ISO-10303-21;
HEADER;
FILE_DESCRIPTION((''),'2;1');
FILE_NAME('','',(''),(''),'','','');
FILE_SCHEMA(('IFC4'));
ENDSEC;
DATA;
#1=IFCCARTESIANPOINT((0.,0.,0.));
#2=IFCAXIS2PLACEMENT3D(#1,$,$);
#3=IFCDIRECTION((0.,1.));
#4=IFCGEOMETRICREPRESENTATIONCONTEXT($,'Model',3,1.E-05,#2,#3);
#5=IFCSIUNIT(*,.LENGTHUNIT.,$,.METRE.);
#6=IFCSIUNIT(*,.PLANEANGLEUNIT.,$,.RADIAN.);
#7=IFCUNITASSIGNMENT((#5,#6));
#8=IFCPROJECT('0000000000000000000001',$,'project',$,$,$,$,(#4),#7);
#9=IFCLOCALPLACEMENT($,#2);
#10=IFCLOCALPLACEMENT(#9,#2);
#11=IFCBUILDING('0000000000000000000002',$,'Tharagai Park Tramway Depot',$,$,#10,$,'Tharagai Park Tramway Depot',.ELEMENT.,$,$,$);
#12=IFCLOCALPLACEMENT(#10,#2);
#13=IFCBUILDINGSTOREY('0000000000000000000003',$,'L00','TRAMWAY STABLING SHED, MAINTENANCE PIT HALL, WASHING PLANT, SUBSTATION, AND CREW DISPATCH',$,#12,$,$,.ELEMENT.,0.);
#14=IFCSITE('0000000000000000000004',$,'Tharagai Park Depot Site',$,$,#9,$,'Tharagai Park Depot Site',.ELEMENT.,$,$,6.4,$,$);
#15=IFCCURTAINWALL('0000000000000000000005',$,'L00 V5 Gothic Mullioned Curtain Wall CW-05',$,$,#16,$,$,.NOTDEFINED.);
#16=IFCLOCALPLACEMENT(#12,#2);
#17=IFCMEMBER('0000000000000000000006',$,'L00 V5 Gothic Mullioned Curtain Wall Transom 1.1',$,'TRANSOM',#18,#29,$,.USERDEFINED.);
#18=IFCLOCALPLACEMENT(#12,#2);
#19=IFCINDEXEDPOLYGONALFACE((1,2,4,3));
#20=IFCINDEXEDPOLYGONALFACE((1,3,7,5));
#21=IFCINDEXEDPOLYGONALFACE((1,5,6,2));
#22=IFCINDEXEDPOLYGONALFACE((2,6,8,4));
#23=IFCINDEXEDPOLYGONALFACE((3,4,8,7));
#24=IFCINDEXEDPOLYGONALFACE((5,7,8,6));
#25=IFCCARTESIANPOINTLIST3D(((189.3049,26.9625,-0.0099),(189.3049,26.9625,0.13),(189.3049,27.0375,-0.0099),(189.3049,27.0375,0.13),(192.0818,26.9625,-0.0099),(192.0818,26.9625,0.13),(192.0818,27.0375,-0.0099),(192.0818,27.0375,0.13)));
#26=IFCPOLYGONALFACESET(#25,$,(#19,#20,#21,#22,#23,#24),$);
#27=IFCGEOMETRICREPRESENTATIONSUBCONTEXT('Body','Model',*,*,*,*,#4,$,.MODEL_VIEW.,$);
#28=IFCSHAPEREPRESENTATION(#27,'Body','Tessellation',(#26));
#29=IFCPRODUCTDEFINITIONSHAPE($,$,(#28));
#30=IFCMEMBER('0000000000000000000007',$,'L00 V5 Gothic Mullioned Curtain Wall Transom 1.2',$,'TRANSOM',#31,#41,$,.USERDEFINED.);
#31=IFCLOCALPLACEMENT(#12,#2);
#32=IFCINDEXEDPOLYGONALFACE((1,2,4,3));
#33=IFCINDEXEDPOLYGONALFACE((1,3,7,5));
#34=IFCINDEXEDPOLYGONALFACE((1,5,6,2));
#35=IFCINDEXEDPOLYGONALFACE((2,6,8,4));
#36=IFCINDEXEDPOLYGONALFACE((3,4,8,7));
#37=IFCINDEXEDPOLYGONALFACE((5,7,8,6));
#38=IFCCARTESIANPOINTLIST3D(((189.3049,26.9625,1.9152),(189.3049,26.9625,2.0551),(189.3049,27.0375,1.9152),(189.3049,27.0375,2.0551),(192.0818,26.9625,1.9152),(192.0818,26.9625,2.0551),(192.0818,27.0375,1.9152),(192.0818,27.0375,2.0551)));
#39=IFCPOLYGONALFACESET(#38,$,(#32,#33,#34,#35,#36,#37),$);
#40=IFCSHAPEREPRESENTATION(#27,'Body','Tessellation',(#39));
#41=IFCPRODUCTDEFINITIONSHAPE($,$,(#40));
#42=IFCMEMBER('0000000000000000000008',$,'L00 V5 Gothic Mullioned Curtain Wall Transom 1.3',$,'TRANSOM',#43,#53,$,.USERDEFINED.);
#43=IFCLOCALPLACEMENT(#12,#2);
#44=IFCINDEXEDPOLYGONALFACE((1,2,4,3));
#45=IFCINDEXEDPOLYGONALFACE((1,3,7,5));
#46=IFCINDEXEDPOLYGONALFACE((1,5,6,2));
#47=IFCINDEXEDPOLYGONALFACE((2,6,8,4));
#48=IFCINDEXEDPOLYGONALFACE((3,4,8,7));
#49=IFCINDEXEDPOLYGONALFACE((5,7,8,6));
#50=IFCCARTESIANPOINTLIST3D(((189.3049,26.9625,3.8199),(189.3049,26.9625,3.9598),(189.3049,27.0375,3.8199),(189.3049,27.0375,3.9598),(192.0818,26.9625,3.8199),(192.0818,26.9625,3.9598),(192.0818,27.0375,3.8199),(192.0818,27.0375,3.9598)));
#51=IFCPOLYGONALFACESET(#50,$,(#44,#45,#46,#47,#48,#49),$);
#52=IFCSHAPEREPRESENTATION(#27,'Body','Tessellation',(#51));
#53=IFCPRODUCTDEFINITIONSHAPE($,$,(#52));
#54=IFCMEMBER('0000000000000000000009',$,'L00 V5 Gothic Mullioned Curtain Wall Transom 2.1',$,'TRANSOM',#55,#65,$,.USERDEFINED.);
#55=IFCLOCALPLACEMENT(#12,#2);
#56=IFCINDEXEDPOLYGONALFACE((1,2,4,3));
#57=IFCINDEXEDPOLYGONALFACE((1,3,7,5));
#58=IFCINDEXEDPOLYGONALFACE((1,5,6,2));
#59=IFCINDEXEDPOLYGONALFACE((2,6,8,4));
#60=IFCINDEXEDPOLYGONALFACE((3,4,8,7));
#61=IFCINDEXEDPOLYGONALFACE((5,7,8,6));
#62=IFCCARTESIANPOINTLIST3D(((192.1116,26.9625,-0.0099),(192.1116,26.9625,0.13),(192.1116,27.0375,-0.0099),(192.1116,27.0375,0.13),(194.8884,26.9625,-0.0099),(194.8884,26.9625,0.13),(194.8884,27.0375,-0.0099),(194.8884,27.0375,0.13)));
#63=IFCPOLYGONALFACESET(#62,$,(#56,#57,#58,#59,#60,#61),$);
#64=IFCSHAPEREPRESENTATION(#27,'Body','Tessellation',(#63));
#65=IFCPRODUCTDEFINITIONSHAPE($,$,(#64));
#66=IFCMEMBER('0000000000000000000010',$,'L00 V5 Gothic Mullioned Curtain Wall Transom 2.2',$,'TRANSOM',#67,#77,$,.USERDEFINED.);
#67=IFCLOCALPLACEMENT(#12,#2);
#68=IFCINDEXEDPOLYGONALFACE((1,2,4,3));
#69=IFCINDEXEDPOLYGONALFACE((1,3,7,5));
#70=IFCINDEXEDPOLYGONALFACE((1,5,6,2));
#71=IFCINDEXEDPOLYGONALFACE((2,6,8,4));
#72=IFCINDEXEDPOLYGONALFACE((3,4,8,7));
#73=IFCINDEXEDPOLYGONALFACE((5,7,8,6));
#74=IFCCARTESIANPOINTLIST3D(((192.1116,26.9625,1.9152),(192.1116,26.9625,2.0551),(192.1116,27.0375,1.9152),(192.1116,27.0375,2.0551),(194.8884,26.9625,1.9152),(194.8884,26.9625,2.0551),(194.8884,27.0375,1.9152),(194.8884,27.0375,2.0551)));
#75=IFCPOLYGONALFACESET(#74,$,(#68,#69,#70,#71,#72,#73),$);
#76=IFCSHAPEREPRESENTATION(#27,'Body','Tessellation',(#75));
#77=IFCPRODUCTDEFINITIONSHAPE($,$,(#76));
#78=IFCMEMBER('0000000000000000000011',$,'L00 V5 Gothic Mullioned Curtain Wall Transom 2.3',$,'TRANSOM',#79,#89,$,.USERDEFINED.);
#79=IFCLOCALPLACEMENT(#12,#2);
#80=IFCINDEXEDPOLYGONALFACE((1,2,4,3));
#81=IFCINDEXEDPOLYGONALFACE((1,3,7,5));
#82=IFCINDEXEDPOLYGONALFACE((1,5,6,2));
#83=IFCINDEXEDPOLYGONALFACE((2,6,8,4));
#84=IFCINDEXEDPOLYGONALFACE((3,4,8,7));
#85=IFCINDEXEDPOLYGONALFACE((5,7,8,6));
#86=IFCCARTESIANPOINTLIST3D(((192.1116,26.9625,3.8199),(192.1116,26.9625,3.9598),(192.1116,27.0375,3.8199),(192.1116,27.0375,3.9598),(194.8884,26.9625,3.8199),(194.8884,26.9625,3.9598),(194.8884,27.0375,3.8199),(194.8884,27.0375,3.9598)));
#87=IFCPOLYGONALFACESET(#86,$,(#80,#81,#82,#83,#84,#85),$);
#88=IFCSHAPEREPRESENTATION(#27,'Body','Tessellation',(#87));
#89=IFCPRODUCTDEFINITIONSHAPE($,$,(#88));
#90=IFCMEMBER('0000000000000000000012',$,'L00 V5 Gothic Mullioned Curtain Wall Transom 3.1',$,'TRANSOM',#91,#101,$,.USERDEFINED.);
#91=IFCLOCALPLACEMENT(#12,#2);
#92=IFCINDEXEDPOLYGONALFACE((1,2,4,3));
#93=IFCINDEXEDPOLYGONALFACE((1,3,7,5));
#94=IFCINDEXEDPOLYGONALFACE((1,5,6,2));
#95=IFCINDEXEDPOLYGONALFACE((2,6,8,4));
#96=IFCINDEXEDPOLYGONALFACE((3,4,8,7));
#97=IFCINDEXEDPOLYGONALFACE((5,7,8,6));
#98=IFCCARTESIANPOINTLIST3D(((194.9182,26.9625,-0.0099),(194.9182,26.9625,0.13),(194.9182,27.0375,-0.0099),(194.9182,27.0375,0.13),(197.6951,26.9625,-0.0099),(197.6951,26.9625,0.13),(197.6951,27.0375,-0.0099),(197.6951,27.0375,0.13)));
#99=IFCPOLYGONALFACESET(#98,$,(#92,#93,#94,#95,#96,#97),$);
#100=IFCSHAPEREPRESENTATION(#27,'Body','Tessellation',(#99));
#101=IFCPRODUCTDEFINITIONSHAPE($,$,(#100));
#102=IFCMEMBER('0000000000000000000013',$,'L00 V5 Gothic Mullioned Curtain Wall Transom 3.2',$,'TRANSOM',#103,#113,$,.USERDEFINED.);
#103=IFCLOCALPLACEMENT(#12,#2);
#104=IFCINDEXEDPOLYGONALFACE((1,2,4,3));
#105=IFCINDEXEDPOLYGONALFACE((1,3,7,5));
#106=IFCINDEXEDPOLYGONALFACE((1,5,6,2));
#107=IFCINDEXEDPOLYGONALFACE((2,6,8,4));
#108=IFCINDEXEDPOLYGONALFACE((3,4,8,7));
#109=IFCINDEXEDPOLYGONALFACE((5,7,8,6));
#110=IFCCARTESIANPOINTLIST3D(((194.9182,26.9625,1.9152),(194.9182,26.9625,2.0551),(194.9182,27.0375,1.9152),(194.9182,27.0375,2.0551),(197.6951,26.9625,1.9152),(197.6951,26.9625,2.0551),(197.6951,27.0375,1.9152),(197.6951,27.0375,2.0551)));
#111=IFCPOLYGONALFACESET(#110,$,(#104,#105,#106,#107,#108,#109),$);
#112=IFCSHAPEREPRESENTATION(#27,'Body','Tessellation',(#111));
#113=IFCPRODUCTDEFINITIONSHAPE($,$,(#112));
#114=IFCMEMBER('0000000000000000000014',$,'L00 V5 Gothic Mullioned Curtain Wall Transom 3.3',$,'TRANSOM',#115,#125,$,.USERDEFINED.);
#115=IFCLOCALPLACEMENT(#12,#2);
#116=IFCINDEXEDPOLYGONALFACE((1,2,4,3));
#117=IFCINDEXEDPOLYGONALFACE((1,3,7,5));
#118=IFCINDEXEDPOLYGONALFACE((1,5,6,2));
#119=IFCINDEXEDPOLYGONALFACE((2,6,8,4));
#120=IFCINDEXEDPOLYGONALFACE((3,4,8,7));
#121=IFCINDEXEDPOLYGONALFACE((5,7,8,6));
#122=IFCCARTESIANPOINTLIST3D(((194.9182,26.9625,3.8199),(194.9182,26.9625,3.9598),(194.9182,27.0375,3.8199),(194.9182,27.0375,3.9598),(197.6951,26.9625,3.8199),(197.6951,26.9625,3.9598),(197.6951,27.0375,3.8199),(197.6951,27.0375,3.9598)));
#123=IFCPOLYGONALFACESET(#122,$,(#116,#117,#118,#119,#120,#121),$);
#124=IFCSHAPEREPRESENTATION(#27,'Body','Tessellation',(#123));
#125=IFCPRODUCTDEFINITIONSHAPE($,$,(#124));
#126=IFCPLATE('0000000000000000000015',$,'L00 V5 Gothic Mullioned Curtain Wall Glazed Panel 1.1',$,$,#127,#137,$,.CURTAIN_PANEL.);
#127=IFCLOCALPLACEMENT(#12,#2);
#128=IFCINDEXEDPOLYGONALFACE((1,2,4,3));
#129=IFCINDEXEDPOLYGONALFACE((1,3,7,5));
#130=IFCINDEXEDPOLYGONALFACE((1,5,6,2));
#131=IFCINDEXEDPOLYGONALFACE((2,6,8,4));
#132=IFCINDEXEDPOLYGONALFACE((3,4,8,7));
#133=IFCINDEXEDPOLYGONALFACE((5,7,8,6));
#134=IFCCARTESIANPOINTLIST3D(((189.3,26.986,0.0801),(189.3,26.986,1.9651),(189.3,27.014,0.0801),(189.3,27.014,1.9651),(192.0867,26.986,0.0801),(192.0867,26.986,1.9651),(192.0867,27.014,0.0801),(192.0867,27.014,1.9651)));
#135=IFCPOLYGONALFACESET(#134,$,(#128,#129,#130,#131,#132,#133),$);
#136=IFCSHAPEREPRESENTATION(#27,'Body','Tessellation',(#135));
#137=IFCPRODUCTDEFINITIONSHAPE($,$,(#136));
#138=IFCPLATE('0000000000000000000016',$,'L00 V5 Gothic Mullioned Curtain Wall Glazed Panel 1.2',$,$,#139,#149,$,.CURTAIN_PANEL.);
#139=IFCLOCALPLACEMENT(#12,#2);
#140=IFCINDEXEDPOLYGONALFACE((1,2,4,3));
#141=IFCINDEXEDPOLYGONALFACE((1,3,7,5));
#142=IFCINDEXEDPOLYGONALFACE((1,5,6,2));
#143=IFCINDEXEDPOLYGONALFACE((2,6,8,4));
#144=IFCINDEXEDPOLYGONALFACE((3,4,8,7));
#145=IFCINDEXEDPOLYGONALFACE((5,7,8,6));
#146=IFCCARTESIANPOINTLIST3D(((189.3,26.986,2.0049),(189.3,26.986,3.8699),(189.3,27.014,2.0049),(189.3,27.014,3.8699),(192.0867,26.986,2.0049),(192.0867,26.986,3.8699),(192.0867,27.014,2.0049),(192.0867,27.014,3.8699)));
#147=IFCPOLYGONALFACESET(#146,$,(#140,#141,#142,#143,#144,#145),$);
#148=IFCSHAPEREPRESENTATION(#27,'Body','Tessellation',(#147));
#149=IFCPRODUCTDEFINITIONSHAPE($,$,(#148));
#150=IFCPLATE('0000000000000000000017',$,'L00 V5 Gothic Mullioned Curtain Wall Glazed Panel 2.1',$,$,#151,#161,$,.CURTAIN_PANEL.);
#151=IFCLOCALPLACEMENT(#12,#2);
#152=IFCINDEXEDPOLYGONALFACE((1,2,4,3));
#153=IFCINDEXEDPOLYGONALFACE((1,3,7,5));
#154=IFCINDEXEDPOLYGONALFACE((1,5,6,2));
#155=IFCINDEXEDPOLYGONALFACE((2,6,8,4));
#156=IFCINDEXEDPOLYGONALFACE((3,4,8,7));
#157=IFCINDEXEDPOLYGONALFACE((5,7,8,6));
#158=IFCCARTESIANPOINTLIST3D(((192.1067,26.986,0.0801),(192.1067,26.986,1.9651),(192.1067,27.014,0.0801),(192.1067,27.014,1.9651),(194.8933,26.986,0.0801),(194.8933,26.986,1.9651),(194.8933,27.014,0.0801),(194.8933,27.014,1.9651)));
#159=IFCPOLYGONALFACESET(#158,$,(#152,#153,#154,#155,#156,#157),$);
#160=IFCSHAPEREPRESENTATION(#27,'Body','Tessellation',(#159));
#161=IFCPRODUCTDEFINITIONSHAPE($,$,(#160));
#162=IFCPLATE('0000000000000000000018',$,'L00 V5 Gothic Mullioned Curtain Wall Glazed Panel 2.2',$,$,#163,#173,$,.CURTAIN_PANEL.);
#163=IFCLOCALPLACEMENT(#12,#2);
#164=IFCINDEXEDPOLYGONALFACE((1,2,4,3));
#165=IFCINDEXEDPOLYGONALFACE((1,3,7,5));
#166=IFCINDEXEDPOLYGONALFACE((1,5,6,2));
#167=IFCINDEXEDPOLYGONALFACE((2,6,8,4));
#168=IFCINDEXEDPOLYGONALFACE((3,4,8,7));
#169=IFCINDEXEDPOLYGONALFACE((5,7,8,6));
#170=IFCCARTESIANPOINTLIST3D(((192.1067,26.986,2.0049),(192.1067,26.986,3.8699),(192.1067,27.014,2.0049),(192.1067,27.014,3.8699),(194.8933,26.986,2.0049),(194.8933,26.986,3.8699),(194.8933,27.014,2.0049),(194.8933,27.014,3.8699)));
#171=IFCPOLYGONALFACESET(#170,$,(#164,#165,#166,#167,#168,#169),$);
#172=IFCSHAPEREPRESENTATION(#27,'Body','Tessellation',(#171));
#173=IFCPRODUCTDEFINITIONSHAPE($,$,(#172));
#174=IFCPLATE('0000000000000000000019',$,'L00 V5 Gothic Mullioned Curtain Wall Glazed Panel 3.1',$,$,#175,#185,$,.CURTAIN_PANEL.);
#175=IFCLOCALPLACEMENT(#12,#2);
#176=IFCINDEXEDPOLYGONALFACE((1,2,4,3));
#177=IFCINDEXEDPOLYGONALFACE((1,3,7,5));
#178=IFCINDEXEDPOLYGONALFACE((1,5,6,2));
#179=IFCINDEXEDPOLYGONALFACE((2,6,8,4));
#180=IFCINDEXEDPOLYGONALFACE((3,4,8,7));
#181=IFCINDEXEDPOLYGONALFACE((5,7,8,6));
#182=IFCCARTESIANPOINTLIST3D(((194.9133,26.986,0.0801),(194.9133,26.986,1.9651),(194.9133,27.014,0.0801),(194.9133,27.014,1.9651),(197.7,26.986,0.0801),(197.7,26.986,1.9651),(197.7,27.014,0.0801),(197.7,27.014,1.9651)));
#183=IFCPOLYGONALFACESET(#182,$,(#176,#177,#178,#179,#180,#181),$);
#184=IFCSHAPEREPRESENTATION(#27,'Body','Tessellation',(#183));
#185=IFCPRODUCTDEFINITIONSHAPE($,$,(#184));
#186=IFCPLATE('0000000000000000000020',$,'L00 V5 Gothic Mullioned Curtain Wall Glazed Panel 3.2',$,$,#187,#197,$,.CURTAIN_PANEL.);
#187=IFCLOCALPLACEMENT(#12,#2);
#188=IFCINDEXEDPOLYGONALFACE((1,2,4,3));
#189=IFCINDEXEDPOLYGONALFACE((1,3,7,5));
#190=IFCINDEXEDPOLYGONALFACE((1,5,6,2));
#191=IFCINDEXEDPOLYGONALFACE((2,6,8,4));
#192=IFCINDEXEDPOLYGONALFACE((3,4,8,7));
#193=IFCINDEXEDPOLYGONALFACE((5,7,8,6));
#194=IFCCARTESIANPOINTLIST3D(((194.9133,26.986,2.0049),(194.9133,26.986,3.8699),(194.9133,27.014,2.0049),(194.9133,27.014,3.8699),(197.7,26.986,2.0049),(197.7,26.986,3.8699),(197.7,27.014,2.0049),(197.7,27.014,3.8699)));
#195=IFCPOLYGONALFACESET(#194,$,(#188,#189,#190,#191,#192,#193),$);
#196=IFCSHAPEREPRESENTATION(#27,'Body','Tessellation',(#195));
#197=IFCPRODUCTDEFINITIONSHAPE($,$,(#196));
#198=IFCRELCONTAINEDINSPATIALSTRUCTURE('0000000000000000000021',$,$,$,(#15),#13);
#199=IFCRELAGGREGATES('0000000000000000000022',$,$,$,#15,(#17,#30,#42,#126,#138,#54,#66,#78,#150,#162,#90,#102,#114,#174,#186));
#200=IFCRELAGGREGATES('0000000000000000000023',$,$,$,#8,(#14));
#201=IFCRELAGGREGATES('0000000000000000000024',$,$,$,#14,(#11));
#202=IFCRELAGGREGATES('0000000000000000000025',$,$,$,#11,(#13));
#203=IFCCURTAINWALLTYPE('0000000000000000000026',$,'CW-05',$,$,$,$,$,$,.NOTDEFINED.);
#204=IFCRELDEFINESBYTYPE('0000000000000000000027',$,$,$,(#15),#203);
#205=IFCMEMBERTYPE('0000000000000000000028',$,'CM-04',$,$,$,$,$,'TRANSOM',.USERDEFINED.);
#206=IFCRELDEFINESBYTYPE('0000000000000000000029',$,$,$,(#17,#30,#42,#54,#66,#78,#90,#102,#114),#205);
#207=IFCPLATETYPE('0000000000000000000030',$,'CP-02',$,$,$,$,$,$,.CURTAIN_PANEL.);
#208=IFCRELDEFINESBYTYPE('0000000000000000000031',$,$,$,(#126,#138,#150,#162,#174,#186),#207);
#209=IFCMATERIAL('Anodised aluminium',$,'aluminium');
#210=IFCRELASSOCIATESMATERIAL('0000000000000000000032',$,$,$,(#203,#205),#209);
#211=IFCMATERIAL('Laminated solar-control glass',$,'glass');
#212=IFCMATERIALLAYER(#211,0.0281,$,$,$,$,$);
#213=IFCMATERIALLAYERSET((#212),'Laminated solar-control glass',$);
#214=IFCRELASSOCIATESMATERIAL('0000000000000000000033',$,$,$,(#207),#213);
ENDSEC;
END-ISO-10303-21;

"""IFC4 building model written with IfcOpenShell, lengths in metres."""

from ifc_helpers import new_model, si_unit, direction, frame, origin, origin_2d, place, context, subcontext, project, spatial, rectangle, extrude, material, layer, layer_set, material_profile, profile_set, type_object, element, aggregate, save


model = new_model("IFC4")

# Units and contexts
model_context = context("Model", 3, precision=1e-05, world=origin(), true_north=direction((0.0, 1.0)))
body_context = subcontext(model_context, "Body", "Model", "MODEL_VIEW")
ifc_project = project(units=[si_unit("LENGTHUNIT", "METRE"), si_unit("PLANEANGLEUNIT", "RADIAN")], contexts=[model_context])

# Site, building, storey
site_placement = place(None, origin())
site = spatial("IfcSite", under=ifc_project, at=site_placement, Name="Tharagai Park Depot Site", LongName="Tharagai Park Depot Site", CompositionType="ELEMENT", RefElevation=6.4)
building_placement = place(site_placement, origin())
building = spatial("IfcBuilding", under=site, at=building_placement, Name="Tharagai Park Tramway Depot", LongName="Tharagai Park Tramway Depot", CompositionType="ELEMENT")
storey_placement = place(building_placement, origin())
storey = spatial("IfcBuildingStorey", under=building, at=storey_placement, Name="L00", Description="TRAMWAY STABLING SHED, MAINTENANCE PIT HALL, WASHING PLANT, SUBSTATION, AND CREW DISPATCH", CompositionType="ELEMENT", Elevation=0.0)

# Curtain wall, members, plates
ifc_material_1 = material(Name="Anodised aluminium", Category="aluminium")
curtain_wall_type = type_object("IfcCurtainWallType", Name="CW-05", PredefinedType="NOTDEFINED", material=ifc_material_1)
curtain_wall_placement = place(storey_placement, origin())
curtain_wall = element("IfcCurtainWall", 1, at=curtain_wall_placement, inside=storey, type_object=curtain_wall_type, Name="L00 V5 Gothic Mullioned Curtain Wall CW-05", PredefinedType="NOTDEFINED")
ifc_material_profile_1 = material_profile(ifc_material_1, rectangle(XDim=0.075, YDim=0.1399, at=origin_2d()), Name="ALU 75x140")
ifc_profile_set_1 = profile_set([ifc_material_profile_1], Name="Anodised aluminium")
member_type_1 = type_object("IfcMemberType", Name="CM-04", ElementType="TRANSOM", PredefinedType="USERDEFINED", material=ifc_profile_set_1)
member_1_placement = place(storey_placement, frame((189.3049, 27.0, 0.0601), z_axis=(1.0, 0.0, 0.0), x_axis=(0.0, 1.0, 0.0)))
member_1 = element("IfcMember", 2, at=member_1_placement, type_object=member_type_1, Name="L00 V5 Gothic Mullioned Curtain Wall Transom 1.1", ObjectType="TRANSOM", PredefinedType="USERDEFINED", context=body_context, shape_type="SweptSolid", body=[
    extrude(rectangle(XDim=0.075, YDim=0.1399, at=origin_2d()), origin(), (0.0, 0.0, 1.0), 2.7769),
])
member_2_placement = place(storey_placement, frame((189.3049, 27.0, 1.9851), z_axis=(1.0, 0.0, 0.0), x_axis=(0.0, 1.0, 0.0)))
member_2 = element("IfcMember", 3, at=member_2_placement, type_object=member_type_1, Name="L00 V5 Gothic Mullioned Curtain Wall Transom 1.2", ObjectType="TRANSOM", PredefinedType="USERDEFINED", context=body_context, shape_type="SweptSolid", body=[
    extrude(rectangle(XDim=0.075, YDim=0.1399, at=origin_2d()), origin(), (0.0, 0.0, 1.0), 2.7769),
])
member_3_placement = place(storey_placement, frame((189.3049, 27.0, 3.8899), z_axis=(1.0, 0.0, 0.0), x_axis=(0.0, 1.0, 0.0)))
member_3 = element("IfcMember", 4, at=member_3_placement, type_object=member_type_1, Name="L00 V5 Gothic Mullioned Curtain Wall Transom 1.3", ObjectType="TRANSOM", PredefinedType="USERDEFINED", context=body_context, shape_type="SweptSolid", body=[
    extrude(rectangle(XDim=0.075, YDim=0.1399, at=origin_2d()), origin(), (0.0, 0.0, 1.0), 2.7769),
])
member_4_placement = place(storey_placement, frame((192.1116, 27.0, 0.0601), z_axis=(1.0, 0.0, 0.0), x_axis=(0.0, 1.0, 0.0)))
member_4 = element("IfcMember", 5, at=member_4_placement, type_object=member_type_1, Name="L00 V5 Gothic Mullioned Curtain Wall Transom 2.1", ObjectType="TRANSOM", PredefinedType="USERDEFINED", context=body_context, shape_type="SweptSolid", body=[
    extrude(rectangle(XDim=0.075, YDim=0.1399, at=origin_2d()), origin(), (0.0, 0.0, 1.0), 2.7769),
])
member_5_placement = place(storey_placement, frame((192.1116, 27.0, 1.9851), z_axis=(1.0, 0.0, 0.0), x_axis=(0.0, 1.0, 0.0)))
member_5 = element("IfcMember", 6, at=member_5_placement, type_object=member_type_1, Name="L00 V5 Gothic Mullioned Curtain Wall Transom 2.2", ObjectType="TRANSOM", PredefinedType="USERDEFINED", context=body_context, shape_type="SweptSolid", body=[
    extrude(rectangle(XDim=0.075, YDim=0.1399, at=origin_2d()), origin(), (0.0, 0.0, 1.0), 2.7769),
])
member_6_placement = place(storey_placement, frame((192.1116, 27.0, 3.8899), z_axis=(1.0, 0.0, 0.0), x_axis=(0.0, 1.0, 0.0)))
member_6 = element("IfcMember", 7, at=member_6_placement, type_object=member_type_1, Name="L00 V5 Gothic Mullioned Curtain Wall Transom 2.3", ObjectType="TRANSOM", PredefinedType="USERDEFINED", context=body_context, shape_type="SweptSolid", body=[
    extrude(rectangle(XDim=0.075, YDim=0.1399, at=origin_2d()), origin(), (0.0, 0.0, 1.0), 2.7769),
])
member_7_placement = place(storey_placement, frame((194.9182, 27.0, 0.0601), z_axis=(1.0, 0.0, 0.0), x_axis=(0.0, 1.0, 0.0)))
member_7 = element("IfcMember", 8, at=member_7_placement, type_object=member_type_1, Name="L00 V5 Gothic Mullioned Curtain Wall Transom 3.1", ObjectType="TRANSOM", PredefinedType="USERDEFINED", context=body_context, shape_type="SweptSolid", body=[
    extrude(rectangle(XDim=0.075, YDim=0.1399, at=origin_2d()), origin(), (0.0, 0.0, 1.0), 2.7769),
])
member_8_placement = place(storey_placement, frame((194.9182, 27.0, 1.9851), z_axis=(1.0, 0.0, 0.0), x_axis=(0.0, 1.0, 0.0)))
member_8 = element("IfcMember", 9, at=member_8_placement, type_object=member_type_1, Name="L00 V5 Gothic Mullioned Curtain Wall Transom 3.2", ObjectType="TRANSOM", PredefinedType="USERDEFINED", context=body_context, shape_type="SweptSolid", body=[
    extrude(rectangle(XDim=0.075, YDim=0.1399, at=origin_2d()), origin(), (0.0, 0.0, 1.0), 2.7769),
])
member_9_placement = place(storey_placement, frame((194.9182, 27.0, 3.8899), z_axis=(1.0, 0.0, 0.0), x_axis=(0.0, 1.0, 0.0)))
member_9 = element("IfcMember", 10, at=member_9_placement, type_object=member_type_1, Name="L00 V5 Gothic Mullioned Curtain Wall Transom 3.3", ObjectType="TRANSOM", PredefinedType="USERDEFINED", context=body_context, shape_type="SweptSolid", body=[
    extrude(rectangle(XDim=0.075, YDim=0.1399, at=origin_2d()), origin(), (0.0, 0.0, 1.0), 2.7769),
])
ifc_material_2 = material(Name="Laminated solar-control glass", Category="glass")
ifc_layer_1 = layer(ifc_material_2, 0.0281)
ifc_layer_set_1 = layer_set([ifc_layer_1], Name="Laminated solar-control glass")
plate_type = type_object("IfcPlateType", Name="CP-02", PredefinedType="CURTAIN_PANEL", material=ifc_layer_set_1)
plate_1_placement = place(storey_placement, frame((190.6934, 27.0, 0.0801), z_axis=(0.0, 0.0, 1.0), x_axis=(1.0, 0.0, 0.0)))
plate_1 = element("IfcPlate", 11, at=plate_1_placement, type_object=plate_type, Name="L00 V5 Gothic Mullioned Curtain Wall Glazed Panel 1.1", PredefinedType="CURTAIN_PANEL", context=body_context, shape_type="SweptSolid", body=[
    extrude(rectangle(XDim=2.7866, YDim=0.0281, at=origin_2d()), origin(), (0.0, 0.0, 1.0), 1.885),
])
plate_2_placement = place(storey_placement, frame((190.6934, 27.0, 2.0049), z_axis=(0.0, 0.0, 1.0), x_axis=(1.0, 0.0, 0.0)))
plate_2 = element("IfcPlate", 12, at=plate_2_placement, type_object=plate_type, Name="L00 V5 Gothic Mullioned Curtain Wall Glazed Panel 1.2", PredefinedType="CURTAIN_PANEL", context=body_context, shape_type="SweptSolid", body=[
    extrude(rectangle(XDim=2.7866, YDim=0.0281, at=origin_2d()), origin(), (0.0, 0.0, 1.0), 1.865),
])
plate_3_placement = place(storey_placement, frame((193.5, 27.0, 0.0801), z_axis=(0.0, 0.0, 1.0), x_axis=(1.0, 0.0, 0.0)))
plate_3 = element("IfcPlate", 13, at=plate_3_placement, type_object=plate_type, Name="L00 V5 Gothic Mullioned Curtain Wall Glazed Panel 2.1", PredefinedType="CURTAIN_PANEL", context=body_context, shape_type="SweptSolid", body=[
    extrude(rectangle(XDim=2.7866, YDim=0.0281, at=origin_2d()), origin(), (0.0, 0.0, 1.0), 1.885),
])
plate_4_placement = place(storey_placement, frame((193.5, 27.0, 2.0049), z_axis=(0.0, 0.0, 1.0), x_axis=(1.0, 0.0, 0.0)))
plate_4 = element("IfcPlate", 14, at=plate_4_placement, type_object=plate_type, Name="L00 V5 Gothic Mullioned Curtain Wall Glazed Panel 2.2", PredefinedType="CURTAIN_PANEL", context=body_context, shape_type="SweptSolid", body=[
    extrude(rectangle(XDim=2.7866, YDim=0.0281, at=origin_2d()), origin(), (0.0, 0.0, 1.0), 1.865),
])
plate_5_placement = place(storey_placement, frame((196.3066, 27.0, 0.0801), z_axis=(0.0, 0.0, 1.0), x_axis=(1.0, 0.0, 0.0)))
plate_5 = element("IfcPlate", 15, at=plate_5_placement, type_object=plate_type, Name="L00 V5 Gothic Mullioned Curtain Wall Glazed Panel 3.1", PredefinedType="CURTAIN_PANEL", context=body_context, shape_type="SweptSolid", body=[
    extrude(rectangle(XDim=2.7866, YDim=0.0281, at=origin_2d()), origin(), (0.0, 0.0, 1.0), 1.885),
])
plate_6_placement = place(storey_placement, frame((196.3066, 27.0, 2.0049), z_axis=(0.0, 0.0, 1.0), x_axis=(1.0, 0.0, 0.0)))
plate_6 = element("IfcPlate", 16, at=plate_6_placement, type_object=plate_type, Name="L00 V5 Gothic Mullioned Curtain Wall Glazed Panel 3.2", PredefinedType="CURTAIN_PANEL", context=body_context, shape_type="SweptSolid", body=[
    extrude(rectangle(XDim=2.7866, YDim=0.0281, at=origin_2d()), origin(), (0.0, 0.0, 1.0), 1.865),
])
aggregate(curtain_wall, [member_1, member_2, member_3, plate_1, plate_2, member_4, member_5, member_6, plate_3, plate_4, member_7, member_8, member_9, plate_5, plate_6])

save(model, "model.ifc")
